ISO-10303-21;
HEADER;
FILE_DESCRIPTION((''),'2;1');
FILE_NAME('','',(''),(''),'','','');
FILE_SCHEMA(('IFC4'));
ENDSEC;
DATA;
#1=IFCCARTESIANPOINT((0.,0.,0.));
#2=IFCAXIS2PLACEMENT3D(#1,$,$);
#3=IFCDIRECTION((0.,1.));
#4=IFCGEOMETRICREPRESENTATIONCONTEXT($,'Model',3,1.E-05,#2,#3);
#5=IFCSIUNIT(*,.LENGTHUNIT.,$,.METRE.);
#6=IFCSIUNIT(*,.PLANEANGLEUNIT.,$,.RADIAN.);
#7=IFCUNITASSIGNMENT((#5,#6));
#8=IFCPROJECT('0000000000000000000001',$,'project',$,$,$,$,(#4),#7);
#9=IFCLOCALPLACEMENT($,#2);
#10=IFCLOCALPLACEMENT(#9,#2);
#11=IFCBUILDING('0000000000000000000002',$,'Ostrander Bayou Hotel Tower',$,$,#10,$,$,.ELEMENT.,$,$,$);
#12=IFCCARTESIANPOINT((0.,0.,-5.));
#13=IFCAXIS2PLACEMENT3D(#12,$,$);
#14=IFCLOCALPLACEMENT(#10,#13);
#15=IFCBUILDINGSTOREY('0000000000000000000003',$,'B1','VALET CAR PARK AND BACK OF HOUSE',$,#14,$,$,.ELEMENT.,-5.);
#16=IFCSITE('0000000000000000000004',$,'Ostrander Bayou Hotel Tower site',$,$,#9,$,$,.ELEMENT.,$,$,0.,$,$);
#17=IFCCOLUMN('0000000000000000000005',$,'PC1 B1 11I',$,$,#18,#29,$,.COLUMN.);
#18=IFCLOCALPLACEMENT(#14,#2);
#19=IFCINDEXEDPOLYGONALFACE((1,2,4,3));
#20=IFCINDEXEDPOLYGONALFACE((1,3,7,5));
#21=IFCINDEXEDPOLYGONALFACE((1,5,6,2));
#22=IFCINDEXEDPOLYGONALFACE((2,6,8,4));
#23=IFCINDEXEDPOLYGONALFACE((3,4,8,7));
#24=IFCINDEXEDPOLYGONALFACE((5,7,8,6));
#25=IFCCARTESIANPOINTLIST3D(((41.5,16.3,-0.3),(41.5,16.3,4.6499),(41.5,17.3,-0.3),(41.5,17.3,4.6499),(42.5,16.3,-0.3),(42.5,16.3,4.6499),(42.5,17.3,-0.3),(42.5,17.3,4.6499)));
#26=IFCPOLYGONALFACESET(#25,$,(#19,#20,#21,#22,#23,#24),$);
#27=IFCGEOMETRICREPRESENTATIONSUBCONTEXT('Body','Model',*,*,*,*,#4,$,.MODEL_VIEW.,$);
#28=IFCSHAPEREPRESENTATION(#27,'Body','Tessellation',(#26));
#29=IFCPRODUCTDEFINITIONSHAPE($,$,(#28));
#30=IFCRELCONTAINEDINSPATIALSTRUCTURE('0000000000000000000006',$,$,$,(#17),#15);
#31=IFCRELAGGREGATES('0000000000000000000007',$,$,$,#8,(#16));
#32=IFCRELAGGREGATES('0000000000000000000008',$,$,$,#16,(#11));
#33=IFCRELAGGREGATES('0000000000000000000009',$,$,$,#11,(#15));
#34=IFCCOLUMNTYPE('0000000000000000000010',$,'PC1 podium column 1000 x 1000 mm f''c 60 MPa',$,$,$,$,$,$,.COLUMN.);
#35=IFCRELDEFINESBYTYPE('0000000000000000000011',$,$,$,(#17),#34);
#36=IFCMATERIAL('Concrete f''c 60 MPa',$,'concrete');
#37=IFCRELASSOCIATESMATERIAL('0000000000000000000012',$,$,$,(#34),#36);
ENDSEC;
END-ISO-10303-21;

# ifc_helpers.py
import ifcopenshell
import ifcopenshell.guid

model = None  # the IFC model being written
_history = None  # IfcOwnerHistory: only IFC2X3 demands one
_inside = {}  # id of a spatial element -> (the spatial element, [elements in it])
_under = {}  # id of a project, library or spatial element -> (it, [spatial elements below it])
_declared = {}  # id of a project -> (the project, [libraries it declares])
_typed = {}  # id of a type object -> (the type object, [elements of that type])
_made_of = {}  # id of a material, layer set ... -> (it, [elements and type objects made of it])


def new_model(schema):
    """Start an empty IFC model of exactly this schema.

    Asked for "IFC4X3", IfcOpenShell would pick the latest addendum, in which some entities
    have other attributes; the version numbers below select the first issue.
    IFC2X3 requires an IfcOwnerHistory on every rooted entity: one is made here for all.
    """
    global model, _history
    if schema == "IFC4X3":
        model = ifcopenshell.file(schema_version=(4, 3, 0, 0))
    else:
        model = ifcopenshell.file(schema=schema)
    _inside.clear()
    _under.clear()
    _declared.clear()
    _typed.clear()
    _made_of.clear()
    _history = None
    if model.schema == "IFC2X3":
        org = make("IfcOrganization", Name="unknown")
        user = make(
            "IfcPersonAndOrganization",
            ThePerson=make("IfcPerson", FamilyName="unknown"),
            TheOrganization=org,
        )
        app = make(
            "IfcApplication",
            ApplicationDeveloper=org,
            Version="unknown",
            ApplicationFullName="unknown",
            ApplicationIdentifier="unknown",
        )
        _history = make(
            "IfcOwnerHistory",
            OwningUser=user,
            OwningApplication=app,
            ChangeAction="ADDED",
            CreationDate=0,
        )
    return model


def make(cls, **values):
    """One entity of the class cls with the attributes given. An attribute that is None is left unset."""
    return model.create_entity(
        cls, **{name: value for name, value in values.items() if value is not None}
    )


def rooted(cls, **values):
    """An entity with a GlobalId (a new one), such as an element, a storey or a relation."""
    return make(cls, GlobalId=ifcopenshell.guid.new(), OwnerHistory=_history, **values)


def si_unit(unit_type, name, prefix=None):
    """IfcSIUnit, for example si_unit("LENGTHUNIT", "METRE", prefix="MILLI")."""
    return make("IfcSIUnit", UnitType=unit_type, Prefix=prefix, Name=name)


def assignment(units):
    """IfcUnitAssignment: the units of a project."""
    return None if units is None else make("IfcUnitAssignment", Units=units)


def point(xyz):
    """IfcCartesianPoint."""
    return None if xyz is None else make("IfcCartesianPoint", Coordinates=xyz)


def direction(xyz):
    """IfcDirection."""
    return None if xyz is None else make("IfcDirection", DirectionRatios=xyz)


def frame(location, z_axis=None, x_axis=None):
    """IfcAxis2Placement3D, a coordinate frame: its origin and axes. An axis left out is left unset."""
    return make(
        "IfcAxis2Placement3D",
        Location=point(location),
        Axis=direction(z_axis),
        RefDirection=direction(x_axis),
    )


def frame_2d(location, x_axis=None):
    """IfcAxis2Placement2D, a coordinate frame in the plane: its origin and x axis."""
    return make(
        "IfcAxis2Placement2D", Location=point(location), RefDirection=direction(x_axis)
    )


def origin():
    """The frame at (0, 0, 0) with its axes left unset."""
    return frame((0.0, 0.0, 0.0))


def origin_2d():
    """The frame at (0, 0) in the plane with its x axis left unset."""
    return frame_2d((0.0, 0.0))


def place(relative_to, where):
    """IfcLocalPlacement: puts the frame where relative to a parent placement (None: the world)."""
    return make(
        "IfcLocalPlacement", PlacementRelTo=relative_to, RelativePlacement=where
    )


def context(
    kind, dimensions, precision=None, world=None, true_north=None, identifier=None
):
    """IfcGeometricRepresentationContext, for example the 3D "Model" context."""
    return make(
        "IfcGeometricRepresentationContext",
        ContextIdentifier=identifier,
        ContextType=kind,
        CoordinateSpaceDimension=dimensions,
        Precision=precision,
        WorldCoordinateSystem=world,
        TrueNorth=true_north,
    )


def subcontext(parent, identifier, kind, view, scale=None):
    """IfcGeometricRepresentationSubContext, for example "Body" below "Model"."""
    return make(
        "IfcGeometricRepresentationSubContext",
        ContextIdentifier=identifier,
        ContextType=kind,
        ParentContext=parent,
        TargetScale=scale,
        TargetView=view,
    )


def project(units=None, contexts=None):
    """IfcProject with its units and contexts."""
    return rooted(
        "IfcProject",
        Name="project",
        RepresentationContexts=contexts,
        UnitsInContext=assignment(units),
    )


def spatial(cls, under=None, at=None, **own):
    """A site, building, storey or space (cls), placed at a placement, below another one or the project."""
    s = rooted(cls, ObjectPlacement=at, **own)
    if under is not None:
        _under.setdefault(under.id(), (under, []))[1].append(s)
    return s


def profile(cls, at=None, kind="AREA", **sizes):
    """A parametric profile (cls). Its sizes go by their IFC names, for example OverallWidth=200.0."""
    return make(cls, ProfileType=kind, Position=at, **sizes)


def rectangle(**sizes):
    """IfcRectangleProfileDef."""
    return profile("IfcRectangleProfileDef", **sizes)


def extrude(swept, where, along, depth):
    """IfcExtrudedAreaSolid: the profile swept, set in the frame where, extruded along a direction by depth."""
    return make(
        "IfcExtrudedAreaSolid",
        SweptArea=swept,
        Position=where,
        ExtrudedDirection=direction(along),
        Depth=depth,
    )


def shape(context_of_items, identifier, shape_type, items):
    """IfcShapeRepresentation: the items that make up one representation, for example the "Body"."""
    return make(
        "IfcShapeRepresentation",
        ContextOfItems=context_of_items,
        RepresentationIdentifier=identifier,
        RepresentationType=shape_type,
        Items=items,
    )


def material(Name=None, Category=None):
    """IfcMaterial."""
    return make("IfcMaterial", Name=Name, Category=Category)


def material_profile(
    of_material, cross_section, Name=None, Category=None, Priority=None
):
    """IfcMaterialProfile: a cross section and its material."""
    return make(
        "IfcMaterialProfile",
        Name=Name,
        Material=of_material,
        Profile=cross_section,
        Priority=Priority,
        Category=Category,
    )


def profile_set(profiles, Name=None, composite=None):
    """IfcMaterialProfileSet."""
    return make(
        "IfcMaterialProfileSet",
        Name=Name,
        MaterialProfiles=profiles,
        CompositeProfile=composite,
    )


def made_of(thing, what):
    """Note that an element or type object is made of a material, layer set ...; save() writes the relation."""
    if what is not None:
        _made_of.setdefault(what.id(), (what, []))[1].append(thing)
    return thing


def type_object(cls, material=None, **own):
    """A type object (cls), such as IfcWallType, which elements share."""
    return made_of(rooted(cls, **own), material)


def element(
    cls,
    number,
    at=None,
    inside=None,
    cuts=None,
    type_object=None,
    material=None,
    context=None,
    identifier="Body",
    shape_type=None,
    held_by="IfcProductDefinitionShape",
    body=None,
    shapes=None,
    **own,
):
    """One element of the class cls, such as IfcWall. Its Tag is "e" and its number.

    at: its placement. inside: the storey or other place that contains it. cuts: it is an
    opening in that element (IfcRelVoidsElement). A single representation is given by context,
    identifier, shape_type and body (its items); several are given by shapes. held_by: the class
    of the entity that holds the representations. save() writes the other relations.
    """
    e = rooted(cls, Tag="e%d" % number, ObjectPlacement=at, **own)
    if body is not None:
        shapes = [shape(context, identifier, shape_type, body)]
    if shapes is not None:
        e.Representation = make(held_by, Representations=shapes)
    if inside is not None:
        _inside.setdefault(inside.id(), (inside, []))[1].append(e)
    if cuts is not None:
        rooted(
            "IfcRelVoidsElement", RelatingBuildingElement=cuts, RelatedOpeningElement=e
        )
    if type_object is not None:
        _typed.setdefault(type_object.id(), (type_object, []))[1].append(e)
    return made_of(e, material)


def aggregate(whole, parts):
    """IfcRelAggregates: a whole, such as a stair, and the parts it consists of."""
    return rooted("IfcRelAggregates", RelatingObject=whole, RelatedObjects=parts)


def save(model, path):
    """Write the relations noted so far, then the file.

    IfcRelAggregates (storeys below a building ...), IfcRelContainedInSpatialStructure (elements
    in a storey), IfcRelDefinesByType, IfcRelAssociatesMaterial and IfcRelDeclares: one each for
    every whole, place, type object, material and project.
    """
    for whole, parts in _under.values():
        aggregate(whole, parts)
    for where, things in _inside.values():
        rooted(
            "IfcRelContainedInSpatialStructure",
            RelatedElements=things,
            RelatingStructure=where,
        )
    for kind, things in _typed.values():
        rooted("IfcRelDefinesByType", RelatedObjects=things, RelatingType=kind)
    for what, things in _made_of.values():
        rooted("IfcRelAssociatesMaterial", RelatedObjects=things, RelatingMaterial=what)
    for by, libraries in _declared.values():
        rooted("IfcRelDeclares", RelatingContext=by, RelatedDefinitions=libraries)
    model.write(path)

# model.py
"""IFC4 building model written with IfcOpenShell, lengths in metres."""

from ifc_helpers import new_model, si_unit, direction, frame, origin, origin_2d, place, context, subcontext, project, spatial, rectangle, extrude, material, material_profile, profile_set, type_object, element, save


model = new_model("IFC4")

# Units and contexts
model_context = context("Model", 3, precision=1e-05, world=origin(), true_north=direction((0.0, 1.0)))
body_context = subcontext(model_context, "Body", "Model", "MODEL_VIEW")
ifc_project = project(units=[si_unit("LENGTHUNIT", "METRE"), si_unit("PLANEANGLEUNIT", "RADIAN")], contexts=[model_context])

# Site, building, storey
site_placement = place(None, origin())
site = spatial("IfcSite", under=ifc_project, at=site_placement, Name="Ostrander Bayou Hotel Tower site", CompositionType="ELEMENT", RefElevation=0.0)
building_placement = place(site_placement, origin())
building = spatial("IfcBuilding", under=site, at=building_placement, Name="Ostrander Bayou Hotel Tower", CompositionType="ELEMENT")
storey_placement = place(building_placement, frame((0.0, 0.0, -5.0)))
storey = spatial("IfcBuildingStorey", under=building, at=storey_placement, Name="B1", Description="VALET CAR PARK AND BACK OF HOUSE", CompositionType="ELEMENT", Elevation=-5.0)

# Column
ifc_material_1 = material(Name="Concrete f'c 60 MPa", Category="concrete")
ifc_material_profile_1 = material_profile(ifc_material_1, rectangle(XDim=1.0, YDim=1.0, at=origin_2d()))
ifc_profile_set_1 = profile_set([ifc_material_profile_1], Name="Concrete f'c 60 MPa")
column_type_1 = type_object("IfcColumnType", Name="PC1 podium column 1000 x 1000 mm f'c 60 MPa", PredefinedType="COLUMN", material=ifc_profile_set_1)
for number, where, z_axis, x_axis, name in (
    (1, (42.0, 16.8, -0.3), (0.0, 0.0, 1.0), (1.0, 0.0, 0.0), "PC1 B1 11I"),
):
    element("IfcColumn", number, at=place(storey_placement, frame(where, z_axis=z_axis, x_axis=x_axis)), inside=storey, type_object=column_type_1, Name=name, PredefinedType="COLUMN", context=body_context, shape_type="SweptSolid", body=[
        extrude(rectangle(XDim=1.0, YDim=1.0, at=origin_2d()), origin(), (0.0, 0.0, 1.0), 4.95),
    ])

save(model, "model.ifc")
